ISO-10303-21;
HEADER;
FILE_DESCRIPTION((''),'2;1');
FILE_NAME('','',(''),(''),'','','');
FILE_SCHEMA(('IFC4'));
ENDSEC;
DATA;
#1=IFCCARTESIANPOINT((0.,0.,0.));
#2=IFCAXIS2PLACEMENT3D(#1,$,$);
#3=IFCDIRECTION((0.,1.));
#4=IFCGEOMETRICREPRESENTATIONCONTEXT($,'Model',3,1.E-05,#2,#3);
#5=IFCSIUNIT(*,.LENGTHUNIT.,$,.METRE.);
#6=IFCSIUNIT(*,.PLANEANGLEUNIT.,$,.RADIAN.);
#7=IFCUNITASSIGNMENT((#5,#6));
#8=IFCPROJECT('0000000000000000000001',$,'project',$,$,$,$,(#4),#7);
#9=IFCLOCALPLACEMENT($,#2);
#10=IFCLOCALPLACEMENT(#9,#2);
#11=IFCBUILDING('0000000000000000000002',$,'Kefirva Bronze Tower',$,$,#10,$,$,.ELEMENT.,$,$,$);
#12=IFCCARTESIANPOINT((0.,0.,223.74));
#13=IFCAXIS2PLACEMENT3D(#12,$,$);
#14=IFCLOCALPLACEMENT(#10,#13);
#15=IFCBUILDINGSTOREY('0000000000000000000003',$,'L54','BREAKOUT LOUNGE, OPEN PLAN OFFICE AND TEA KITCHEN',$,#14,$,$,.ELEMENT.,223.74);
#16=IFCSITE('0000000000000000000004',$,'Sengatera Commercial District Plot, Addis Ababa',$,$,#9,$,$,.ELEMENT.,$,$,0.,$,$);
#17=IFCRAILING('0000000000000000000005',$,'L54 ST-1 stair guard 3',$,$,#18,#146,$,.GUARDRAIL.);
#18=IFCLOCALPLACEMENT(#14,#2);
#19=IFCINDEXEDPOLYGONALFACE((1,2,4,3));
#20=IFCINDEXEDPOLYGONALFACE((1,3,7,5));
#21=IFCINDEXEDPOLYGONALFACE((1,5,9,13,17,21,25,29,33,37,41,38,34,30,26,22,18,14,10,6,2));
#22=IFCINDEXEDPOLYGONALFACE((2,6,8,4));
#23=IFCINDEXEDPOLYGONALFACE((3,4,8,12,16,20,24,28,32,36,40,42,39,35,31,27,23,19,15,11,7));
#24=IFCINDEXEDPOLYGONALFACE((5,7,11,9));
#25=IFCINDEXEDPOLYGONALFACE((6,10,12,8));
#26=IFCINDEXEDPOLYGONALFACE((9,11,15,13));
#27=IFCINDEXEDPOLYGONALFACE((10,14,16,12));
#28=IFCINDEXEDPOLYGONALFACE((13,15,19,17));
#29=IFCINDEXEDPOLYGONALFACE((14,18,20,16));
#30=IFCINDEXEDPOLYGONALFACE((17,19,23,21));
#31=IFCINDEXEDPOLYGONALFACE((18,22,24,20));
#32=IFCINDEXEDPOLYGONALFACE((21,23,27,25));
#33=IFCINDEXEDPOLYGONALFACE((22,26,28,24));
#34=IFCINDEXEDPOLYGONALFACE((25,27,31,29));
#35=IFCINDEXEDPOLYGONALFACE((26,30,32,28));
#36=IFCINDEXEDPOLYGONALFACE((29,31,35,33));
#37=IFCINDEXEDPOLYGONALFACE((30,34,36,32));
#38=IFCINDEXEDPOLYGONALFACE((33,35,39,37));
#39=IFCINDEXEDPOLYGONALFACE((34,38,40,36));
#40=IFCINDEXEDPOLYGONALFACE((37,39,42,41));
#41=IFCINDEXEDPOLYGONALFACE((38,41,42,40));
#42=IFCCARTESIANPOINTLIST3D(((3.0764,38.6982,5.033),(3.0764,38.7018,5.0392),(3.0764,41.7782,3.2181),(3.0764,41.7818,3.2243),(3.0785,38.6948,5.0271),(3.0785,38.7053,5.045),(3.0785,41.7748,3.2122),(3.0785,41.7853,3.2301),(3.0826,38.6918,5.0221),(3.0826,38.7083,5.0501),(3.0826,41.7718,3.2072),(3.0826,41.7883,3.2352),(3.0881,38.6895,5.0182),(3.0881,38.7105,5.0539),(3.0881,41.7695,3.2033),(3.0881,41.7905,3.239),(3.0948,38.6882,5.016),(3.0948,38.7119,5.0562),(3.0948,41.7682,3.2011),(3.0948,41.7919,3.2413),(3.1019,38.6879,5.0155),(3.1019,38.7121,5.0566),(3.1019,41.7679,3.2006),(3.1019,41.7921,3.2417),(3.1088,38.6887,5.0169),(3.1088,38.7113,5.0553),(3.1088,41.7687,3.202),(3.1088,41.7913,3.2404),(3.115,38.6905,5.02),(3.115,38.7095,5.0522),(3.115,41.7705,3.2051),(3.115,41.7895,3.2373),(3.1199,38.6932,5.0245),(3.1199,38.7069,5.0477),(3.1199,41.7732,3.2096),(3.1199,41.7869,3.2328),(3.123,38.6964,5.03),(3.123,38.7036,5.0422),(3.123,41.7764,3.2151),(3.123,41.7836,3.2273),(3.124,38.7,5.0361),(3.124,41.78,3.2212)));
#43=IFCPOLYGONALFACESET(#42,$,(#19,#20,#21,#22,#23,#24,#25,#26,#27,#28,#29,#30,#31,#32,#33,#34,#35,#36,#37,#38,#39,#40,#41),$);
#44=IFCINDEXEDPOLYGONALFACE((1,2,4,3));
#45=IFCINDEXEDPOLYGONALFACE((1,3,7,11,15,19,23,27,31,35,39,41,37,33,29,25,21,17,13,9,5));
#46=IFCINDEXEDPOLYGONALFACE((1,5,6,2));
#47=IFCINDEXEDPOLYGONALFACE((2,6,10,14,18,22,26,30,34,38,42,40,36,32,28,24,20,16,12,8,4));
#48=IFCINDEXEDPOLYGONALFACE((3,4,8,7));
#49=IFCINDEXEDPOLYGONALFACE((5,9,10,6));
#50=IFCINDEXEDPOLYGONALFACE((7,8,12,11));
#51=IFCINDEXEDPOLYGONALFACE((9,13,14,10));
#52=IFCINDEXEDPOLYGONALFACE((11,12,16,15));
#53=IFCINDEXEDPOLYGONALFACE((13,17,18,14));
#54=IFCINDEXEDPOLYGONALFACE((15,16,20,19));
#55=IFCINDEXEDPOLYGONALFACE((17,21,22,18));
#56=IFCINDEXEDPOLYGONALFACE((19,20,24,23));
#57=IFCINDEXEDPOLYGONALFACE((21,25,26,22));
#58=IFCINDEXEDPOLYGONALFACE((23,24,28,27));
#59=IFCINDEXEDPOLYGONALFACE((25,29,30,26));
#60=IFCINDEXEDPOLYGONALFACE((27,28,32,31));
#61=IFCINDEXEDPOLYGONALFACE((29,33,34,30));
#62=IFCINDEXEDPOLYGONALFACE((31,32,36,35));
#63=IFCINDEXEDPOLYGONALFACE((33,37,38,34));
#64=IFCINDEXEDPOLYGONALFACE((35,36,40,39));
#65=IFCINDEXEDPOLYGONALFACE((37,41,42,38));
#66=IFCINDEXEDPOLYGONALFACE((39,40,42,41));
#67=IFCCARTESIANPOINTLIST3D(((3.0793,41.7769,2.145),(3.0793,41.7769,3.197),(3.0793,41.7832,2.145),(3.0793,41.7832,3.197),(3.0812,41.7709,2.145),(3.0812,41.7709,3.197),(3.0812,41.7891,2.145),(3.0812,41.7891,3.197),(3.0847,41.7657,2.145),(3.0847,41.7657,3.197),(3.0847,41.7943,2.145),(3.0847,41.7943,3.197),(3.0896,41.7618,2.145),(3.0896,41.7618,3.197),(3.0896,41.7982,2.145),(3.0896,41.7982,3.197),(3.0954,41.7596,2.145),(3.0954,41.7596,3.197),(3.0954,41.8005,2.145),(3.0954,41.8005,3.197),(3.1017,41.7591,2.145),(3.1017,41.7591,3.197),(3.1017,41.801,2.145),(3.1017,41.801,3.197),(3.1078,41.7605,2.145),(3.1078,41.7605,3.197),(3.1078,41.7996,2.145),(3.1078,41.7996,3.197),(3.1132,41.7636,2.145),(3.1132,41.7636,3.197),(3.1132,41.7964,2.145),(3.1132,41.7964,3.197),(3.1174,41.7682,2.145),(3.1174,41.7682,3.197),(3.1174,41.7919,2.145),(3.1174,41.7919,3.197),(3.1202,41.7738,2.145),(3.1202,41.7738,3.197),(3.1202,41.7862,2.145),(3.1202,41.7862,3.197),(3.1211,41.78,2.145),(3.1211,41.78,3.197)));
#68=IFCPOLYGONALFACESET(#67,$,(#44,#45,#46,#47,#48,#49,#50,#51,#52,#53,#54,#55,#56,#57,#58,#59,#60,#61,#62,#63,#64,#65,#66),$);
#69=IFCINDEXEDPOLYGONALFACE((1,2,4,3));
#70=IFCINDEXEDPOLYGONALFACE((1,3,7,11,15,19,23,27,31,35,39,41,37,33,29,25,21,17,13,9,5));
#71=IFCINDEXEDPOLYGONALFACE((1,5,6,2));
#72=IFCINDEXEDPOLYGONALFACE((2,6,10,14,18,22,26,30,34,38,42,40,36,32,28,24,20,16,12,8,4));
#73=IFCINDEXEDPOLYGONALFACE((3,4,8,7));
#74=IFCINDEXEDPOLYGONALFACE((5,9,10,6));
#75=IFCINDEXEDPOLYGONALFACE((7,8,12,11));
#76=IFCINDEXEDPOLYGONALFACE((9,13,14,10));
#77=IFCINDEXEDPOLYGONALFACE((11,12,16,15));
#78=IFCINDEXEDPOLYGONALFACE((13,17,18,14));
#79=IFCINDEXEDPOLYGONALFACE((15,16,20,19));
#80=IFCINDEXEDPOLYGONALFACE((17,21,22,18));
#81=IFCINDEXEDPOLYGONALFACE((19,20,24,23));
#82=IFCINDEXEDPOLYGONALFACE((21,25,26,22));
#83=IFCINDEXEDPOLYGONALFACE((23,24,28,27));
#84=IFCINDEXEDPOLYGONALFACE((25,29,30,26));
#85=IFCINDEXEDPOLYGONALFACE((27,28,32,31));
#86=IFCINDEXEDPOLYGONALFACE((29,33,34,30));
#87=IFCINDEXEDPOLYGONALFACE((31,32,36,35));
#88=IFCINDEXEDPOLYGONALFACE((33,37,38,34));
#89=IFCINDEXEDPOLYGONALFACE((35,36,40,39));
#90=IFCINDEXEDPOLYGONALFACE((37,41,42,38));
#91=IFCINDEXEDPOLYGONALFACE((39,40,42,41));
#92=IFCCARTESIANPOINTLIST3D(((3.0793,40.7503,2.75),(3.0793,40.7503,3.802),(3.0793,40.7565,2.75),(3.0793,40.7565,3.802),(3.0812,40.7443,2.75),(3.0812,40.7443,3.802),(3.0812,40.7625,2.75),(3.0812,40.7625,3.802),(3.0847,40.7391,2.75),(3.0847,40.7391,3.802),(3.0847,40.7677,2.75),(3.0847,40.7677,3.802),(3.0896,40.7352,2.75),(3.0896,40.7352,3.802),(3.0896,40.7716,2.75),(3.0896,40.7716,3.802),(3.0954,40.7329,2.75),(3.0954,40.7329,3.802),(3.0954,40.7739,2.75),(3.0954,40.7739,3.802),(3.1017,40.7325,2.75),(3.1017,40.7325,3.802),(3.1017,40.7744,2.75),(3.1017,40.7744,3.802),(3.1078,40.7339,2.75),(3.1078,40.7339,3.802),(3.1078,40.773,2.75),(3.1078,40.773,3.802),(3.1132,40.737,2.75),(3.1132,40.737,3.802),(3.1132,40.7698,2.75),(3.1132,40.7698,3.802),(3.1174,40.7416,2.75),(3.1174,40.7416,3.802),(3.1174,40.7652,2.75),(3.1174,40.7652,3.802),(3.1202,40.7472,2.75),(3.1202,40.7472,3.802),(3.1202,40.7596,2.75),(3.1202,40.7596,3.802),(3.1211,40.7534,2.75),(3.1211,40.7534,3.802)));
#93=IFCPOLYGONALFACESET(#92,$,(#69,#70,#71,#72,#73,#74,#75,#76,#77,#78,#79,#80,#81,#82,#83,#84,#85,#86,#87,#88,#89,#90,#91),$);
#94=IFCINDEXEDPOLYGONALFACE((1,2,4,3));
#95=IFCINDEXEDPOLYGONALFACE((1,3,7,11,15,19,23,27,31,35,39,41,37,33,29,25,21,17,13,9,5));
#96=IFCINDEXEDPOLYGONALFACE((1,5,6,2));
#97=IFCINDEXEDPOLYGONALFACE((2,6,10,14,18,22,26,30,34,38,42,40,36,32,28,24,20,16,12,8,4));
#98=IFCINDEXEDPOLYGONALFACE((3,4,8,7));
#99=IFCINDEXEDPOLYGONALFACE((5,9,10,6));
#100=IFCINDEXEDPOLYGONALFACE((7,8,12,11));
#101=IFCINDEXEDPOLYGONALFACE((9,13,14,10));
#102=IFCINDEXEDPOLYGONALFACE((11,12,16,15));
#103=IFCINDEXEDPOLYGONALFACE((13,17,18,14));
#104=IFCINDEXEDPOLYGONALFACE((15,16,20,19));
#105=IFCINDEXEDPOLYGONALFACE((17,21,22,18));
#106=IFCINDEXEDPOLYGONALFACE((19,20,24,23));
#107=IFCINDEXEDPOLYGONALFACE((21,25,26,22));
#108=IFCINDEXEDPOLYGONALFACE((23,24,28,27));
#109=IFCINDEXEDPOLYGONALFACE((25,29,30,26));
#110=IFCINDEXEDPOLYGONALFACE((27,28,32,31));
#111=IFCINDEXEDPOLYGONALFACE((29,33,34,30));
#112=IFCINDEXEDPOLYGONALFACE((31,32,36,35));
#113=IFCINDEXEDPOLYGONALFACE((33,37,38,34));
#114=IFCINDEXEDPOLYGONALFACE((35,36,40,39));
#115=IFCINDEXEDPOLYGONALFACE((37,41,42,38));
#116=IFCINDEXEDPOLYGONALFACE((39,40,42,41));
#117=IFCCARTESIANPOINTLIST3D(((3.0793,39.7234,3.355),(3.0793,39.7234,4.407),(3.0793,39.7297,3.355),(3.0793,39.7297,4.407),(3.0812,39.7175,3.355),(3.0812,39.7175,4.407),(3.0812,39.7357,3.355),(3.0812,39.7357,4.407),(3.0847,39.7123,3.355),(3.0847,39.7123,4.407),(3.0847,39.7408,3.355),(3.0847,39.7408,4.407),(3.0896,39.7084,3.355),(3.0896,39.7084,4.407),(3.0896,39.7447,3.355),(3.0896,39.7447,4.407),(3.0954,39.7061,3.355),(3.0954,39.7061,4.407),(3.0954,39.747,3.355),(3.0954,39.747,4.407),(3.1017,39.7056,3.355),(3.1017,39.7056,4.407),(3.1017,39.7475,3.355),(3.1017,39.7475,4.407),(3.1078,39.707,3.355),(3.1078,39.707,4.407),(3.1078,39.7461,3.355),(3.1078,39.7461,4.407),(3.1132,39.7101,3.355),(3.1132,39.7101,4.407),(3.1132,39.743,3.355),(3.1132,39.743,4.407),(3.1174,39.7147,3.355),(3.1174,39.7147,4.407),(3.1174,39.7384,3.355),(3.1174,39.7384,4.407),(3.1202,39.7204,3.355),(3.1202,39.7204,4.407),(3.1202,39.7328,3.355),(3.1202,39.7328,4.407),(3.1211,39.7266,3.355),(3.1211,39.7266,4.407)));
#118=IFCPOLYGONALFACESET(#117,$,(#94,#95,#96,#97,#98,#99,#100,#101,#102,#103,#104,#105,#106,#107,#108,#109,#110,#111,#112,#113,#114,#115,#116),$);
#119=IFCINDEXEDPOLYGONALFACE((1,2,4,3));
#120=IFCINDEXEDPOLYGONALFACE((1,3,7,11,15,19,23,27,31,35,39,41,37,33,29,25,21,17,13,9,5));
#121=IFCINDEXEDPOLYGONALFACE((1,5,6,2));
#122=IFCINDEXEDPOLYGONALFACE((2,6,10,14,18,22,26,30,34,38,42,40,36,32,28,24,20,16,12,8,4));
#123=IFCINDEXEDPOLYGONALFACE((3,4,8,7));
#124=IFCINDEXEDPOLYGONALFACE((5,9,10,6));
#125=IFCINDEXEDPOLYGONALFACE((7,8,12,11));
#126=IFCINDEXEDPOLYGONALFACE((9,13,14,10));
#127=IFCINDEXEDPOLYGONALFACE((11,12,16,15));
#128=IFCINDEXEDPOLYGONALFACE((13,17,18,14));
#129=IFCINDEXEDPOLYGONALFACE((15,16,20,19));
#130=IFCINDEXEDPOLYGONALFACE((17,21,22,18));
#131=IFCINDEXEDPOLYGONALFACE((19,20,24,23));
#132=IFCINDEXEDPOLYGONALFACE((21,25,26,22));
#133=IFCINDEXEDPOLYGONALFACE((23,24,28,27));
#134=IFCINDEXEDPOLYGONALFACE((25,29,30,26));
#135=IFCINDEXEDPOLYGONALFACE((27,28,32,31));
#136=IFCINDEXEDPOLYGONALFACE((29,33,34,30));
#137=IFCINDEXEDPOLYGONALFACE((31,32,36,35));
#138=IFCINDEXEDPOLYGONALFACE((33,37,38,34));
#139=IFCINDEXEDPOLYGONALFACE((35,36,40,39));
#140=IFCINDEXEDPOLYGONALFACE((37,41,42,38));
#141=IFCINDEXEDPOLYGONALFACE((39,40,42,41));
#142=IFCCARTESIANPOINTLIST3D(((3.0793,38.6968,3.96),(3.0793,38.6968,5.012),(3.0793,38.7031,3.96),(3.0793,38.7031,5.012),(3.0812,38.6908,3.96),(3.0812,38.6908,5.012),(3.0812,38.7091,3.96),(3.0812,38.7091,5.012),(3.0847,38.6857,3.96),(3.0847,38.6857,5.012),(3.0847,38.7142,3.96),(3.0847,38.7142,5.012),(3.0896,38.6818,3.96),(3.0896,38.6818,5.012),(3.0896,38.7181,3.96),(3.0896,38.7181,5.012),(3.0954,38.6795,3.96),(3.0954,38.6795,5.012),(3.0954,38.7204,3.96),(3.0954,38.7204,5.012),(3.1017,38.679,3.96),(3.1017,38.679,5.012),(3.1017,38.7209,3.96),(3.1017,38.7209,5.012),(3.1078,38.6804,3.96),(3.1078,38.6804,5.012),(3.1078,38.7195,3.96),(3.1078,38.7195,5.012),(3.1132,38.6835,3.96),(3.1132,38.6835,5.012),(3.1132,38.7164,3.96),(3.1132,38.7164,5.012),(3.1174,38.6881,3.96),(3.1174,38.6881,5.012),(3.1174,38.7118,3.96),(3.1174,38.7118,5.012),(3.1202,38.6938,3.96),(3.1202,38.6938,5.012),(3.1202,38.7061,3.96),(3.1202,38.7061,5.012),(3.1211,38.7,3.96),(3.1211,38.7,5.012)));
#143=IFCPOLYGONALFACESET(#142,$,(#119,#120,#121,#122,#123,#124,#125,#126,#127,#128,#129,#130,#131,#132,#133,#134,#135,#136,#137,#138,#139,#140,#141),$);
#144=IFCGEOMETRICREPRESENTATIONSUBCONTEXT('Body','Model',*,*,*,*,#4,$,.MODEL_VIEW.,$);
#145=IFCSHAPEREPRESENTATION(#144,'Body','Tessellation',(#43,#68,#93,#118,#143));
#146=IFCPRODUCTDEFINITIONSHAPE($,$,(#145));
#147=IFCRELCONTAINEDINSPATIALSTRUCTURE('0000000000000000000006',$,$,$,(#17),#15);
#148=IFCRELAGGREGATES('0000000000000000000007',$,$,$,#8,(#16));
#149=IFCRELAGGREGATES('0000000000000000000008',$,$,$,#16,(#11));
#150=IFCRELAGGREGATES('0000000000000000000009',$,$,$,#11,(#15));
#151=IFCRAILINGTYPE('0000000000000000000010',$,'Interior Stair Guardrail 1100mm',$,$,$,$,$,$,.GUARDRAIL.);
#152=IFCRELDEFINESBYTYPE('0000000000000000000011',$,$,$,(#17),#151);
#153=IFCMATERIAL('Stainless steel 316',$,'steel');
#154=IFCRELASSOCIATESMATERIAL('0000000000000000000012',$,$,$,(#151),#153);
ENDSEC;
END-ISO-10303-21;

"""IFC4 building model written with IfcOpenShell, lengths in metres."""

from ifc_helpers import new_model, si_unit, direction, frame, origin, origin_2d, place, context, subcontext, project, spatial, circle, extrude, material, type_object, element, save


model = new_model("IFC4")

# Units and contexts
model_context = context("Model", 3, precision=1e-05, world=origin(), true_north=direction((0.0, 1.0)))
body_context = subcontext(model_context, "Body", "Model", "MODEL_VIEW")
ifc_project = project(units=[si_unit("LENGTHUNIT", "METRE"), si_unit("PLANEANGLEUNIT", "RADIAN")], contexts=[model_context])

# Site, building, storey
site_placement = place(None, origin())
site = spatial("IfcSite", under=ifc_project, at=site_placement, Name="Sengatera Commercial District Plot, Addis Ababa", CompositionType="ELEMENT", RefElevation=0.0)
building_placement = place(site_placement, origin())
building = spatial("IfcBuilding", under=site, at=building_placement, Name="Kefirva Bronze Tower", CompositionType="ELEMENT")
storey_placement = place(building_placement, frame((0.0, 0.0, 223.74)))
storey = spatial("IfcBuildingStorey", under=building, at=storey_placement, Name="L54", Description="BREAKOUT LOUNGE, OPEN PLAN OFFICE AND TEA KITCHEN", CompositionType="ELEMENT", Elevation=223.74)

# Railing
ifc_material_1 = material(Name="Stainless steel 316", Category="steel")
railing_type_1 = type_object("IfcRailingType", Name="Interior Stair Guardrail 1100mm", PredefinedType="GUARDRAIL", material=ifc_material_1)
railing_1_placement = place(storey_placement, frame((3.1001, 41.78, 2.145)))
element("IfcRailing", 1, at=railing_1_placement, inside=storey, type_object=railing_type_1, Name="L54 ST-1 stair guard 3", PredefinedType="GUARDRAIL", context=body_context, shape_type="SweptSolid", body=[
    extrude(circle(Radius=0.0239, at=origin_2d()), frame((0.0, 0.0, 1.0762), z_axis=(0.0, -0.861551, 0.507671), x_axis=(1.0, 0.0, 0.0)), (0.0, 0.0, 1.0), 3.575),
    extrude(circle(Radius=0.021, at=origin_2d()), origin(), (0.0, 0.0, 1.0), 1.052),
    extrude(circle(Radius=0.021, at=origin_2d()), frame((0.0, -1.0266, 0.605)), (0.0, 0.0, 1.0), 1.052),
    extrude(circle(Radius=0.021, at=origin_2d()), frame((0.0, -2.0535, 1.21)), (0.0, 0.0, 1.0), 1.052),
    extrude(circle(Radius=0.021, at=origin_2d()), frame((0.0, -3.0801, 1.8149)), (0.0, 0.0, 1.0), 1.052),
])

save(model, "model.ifc")
